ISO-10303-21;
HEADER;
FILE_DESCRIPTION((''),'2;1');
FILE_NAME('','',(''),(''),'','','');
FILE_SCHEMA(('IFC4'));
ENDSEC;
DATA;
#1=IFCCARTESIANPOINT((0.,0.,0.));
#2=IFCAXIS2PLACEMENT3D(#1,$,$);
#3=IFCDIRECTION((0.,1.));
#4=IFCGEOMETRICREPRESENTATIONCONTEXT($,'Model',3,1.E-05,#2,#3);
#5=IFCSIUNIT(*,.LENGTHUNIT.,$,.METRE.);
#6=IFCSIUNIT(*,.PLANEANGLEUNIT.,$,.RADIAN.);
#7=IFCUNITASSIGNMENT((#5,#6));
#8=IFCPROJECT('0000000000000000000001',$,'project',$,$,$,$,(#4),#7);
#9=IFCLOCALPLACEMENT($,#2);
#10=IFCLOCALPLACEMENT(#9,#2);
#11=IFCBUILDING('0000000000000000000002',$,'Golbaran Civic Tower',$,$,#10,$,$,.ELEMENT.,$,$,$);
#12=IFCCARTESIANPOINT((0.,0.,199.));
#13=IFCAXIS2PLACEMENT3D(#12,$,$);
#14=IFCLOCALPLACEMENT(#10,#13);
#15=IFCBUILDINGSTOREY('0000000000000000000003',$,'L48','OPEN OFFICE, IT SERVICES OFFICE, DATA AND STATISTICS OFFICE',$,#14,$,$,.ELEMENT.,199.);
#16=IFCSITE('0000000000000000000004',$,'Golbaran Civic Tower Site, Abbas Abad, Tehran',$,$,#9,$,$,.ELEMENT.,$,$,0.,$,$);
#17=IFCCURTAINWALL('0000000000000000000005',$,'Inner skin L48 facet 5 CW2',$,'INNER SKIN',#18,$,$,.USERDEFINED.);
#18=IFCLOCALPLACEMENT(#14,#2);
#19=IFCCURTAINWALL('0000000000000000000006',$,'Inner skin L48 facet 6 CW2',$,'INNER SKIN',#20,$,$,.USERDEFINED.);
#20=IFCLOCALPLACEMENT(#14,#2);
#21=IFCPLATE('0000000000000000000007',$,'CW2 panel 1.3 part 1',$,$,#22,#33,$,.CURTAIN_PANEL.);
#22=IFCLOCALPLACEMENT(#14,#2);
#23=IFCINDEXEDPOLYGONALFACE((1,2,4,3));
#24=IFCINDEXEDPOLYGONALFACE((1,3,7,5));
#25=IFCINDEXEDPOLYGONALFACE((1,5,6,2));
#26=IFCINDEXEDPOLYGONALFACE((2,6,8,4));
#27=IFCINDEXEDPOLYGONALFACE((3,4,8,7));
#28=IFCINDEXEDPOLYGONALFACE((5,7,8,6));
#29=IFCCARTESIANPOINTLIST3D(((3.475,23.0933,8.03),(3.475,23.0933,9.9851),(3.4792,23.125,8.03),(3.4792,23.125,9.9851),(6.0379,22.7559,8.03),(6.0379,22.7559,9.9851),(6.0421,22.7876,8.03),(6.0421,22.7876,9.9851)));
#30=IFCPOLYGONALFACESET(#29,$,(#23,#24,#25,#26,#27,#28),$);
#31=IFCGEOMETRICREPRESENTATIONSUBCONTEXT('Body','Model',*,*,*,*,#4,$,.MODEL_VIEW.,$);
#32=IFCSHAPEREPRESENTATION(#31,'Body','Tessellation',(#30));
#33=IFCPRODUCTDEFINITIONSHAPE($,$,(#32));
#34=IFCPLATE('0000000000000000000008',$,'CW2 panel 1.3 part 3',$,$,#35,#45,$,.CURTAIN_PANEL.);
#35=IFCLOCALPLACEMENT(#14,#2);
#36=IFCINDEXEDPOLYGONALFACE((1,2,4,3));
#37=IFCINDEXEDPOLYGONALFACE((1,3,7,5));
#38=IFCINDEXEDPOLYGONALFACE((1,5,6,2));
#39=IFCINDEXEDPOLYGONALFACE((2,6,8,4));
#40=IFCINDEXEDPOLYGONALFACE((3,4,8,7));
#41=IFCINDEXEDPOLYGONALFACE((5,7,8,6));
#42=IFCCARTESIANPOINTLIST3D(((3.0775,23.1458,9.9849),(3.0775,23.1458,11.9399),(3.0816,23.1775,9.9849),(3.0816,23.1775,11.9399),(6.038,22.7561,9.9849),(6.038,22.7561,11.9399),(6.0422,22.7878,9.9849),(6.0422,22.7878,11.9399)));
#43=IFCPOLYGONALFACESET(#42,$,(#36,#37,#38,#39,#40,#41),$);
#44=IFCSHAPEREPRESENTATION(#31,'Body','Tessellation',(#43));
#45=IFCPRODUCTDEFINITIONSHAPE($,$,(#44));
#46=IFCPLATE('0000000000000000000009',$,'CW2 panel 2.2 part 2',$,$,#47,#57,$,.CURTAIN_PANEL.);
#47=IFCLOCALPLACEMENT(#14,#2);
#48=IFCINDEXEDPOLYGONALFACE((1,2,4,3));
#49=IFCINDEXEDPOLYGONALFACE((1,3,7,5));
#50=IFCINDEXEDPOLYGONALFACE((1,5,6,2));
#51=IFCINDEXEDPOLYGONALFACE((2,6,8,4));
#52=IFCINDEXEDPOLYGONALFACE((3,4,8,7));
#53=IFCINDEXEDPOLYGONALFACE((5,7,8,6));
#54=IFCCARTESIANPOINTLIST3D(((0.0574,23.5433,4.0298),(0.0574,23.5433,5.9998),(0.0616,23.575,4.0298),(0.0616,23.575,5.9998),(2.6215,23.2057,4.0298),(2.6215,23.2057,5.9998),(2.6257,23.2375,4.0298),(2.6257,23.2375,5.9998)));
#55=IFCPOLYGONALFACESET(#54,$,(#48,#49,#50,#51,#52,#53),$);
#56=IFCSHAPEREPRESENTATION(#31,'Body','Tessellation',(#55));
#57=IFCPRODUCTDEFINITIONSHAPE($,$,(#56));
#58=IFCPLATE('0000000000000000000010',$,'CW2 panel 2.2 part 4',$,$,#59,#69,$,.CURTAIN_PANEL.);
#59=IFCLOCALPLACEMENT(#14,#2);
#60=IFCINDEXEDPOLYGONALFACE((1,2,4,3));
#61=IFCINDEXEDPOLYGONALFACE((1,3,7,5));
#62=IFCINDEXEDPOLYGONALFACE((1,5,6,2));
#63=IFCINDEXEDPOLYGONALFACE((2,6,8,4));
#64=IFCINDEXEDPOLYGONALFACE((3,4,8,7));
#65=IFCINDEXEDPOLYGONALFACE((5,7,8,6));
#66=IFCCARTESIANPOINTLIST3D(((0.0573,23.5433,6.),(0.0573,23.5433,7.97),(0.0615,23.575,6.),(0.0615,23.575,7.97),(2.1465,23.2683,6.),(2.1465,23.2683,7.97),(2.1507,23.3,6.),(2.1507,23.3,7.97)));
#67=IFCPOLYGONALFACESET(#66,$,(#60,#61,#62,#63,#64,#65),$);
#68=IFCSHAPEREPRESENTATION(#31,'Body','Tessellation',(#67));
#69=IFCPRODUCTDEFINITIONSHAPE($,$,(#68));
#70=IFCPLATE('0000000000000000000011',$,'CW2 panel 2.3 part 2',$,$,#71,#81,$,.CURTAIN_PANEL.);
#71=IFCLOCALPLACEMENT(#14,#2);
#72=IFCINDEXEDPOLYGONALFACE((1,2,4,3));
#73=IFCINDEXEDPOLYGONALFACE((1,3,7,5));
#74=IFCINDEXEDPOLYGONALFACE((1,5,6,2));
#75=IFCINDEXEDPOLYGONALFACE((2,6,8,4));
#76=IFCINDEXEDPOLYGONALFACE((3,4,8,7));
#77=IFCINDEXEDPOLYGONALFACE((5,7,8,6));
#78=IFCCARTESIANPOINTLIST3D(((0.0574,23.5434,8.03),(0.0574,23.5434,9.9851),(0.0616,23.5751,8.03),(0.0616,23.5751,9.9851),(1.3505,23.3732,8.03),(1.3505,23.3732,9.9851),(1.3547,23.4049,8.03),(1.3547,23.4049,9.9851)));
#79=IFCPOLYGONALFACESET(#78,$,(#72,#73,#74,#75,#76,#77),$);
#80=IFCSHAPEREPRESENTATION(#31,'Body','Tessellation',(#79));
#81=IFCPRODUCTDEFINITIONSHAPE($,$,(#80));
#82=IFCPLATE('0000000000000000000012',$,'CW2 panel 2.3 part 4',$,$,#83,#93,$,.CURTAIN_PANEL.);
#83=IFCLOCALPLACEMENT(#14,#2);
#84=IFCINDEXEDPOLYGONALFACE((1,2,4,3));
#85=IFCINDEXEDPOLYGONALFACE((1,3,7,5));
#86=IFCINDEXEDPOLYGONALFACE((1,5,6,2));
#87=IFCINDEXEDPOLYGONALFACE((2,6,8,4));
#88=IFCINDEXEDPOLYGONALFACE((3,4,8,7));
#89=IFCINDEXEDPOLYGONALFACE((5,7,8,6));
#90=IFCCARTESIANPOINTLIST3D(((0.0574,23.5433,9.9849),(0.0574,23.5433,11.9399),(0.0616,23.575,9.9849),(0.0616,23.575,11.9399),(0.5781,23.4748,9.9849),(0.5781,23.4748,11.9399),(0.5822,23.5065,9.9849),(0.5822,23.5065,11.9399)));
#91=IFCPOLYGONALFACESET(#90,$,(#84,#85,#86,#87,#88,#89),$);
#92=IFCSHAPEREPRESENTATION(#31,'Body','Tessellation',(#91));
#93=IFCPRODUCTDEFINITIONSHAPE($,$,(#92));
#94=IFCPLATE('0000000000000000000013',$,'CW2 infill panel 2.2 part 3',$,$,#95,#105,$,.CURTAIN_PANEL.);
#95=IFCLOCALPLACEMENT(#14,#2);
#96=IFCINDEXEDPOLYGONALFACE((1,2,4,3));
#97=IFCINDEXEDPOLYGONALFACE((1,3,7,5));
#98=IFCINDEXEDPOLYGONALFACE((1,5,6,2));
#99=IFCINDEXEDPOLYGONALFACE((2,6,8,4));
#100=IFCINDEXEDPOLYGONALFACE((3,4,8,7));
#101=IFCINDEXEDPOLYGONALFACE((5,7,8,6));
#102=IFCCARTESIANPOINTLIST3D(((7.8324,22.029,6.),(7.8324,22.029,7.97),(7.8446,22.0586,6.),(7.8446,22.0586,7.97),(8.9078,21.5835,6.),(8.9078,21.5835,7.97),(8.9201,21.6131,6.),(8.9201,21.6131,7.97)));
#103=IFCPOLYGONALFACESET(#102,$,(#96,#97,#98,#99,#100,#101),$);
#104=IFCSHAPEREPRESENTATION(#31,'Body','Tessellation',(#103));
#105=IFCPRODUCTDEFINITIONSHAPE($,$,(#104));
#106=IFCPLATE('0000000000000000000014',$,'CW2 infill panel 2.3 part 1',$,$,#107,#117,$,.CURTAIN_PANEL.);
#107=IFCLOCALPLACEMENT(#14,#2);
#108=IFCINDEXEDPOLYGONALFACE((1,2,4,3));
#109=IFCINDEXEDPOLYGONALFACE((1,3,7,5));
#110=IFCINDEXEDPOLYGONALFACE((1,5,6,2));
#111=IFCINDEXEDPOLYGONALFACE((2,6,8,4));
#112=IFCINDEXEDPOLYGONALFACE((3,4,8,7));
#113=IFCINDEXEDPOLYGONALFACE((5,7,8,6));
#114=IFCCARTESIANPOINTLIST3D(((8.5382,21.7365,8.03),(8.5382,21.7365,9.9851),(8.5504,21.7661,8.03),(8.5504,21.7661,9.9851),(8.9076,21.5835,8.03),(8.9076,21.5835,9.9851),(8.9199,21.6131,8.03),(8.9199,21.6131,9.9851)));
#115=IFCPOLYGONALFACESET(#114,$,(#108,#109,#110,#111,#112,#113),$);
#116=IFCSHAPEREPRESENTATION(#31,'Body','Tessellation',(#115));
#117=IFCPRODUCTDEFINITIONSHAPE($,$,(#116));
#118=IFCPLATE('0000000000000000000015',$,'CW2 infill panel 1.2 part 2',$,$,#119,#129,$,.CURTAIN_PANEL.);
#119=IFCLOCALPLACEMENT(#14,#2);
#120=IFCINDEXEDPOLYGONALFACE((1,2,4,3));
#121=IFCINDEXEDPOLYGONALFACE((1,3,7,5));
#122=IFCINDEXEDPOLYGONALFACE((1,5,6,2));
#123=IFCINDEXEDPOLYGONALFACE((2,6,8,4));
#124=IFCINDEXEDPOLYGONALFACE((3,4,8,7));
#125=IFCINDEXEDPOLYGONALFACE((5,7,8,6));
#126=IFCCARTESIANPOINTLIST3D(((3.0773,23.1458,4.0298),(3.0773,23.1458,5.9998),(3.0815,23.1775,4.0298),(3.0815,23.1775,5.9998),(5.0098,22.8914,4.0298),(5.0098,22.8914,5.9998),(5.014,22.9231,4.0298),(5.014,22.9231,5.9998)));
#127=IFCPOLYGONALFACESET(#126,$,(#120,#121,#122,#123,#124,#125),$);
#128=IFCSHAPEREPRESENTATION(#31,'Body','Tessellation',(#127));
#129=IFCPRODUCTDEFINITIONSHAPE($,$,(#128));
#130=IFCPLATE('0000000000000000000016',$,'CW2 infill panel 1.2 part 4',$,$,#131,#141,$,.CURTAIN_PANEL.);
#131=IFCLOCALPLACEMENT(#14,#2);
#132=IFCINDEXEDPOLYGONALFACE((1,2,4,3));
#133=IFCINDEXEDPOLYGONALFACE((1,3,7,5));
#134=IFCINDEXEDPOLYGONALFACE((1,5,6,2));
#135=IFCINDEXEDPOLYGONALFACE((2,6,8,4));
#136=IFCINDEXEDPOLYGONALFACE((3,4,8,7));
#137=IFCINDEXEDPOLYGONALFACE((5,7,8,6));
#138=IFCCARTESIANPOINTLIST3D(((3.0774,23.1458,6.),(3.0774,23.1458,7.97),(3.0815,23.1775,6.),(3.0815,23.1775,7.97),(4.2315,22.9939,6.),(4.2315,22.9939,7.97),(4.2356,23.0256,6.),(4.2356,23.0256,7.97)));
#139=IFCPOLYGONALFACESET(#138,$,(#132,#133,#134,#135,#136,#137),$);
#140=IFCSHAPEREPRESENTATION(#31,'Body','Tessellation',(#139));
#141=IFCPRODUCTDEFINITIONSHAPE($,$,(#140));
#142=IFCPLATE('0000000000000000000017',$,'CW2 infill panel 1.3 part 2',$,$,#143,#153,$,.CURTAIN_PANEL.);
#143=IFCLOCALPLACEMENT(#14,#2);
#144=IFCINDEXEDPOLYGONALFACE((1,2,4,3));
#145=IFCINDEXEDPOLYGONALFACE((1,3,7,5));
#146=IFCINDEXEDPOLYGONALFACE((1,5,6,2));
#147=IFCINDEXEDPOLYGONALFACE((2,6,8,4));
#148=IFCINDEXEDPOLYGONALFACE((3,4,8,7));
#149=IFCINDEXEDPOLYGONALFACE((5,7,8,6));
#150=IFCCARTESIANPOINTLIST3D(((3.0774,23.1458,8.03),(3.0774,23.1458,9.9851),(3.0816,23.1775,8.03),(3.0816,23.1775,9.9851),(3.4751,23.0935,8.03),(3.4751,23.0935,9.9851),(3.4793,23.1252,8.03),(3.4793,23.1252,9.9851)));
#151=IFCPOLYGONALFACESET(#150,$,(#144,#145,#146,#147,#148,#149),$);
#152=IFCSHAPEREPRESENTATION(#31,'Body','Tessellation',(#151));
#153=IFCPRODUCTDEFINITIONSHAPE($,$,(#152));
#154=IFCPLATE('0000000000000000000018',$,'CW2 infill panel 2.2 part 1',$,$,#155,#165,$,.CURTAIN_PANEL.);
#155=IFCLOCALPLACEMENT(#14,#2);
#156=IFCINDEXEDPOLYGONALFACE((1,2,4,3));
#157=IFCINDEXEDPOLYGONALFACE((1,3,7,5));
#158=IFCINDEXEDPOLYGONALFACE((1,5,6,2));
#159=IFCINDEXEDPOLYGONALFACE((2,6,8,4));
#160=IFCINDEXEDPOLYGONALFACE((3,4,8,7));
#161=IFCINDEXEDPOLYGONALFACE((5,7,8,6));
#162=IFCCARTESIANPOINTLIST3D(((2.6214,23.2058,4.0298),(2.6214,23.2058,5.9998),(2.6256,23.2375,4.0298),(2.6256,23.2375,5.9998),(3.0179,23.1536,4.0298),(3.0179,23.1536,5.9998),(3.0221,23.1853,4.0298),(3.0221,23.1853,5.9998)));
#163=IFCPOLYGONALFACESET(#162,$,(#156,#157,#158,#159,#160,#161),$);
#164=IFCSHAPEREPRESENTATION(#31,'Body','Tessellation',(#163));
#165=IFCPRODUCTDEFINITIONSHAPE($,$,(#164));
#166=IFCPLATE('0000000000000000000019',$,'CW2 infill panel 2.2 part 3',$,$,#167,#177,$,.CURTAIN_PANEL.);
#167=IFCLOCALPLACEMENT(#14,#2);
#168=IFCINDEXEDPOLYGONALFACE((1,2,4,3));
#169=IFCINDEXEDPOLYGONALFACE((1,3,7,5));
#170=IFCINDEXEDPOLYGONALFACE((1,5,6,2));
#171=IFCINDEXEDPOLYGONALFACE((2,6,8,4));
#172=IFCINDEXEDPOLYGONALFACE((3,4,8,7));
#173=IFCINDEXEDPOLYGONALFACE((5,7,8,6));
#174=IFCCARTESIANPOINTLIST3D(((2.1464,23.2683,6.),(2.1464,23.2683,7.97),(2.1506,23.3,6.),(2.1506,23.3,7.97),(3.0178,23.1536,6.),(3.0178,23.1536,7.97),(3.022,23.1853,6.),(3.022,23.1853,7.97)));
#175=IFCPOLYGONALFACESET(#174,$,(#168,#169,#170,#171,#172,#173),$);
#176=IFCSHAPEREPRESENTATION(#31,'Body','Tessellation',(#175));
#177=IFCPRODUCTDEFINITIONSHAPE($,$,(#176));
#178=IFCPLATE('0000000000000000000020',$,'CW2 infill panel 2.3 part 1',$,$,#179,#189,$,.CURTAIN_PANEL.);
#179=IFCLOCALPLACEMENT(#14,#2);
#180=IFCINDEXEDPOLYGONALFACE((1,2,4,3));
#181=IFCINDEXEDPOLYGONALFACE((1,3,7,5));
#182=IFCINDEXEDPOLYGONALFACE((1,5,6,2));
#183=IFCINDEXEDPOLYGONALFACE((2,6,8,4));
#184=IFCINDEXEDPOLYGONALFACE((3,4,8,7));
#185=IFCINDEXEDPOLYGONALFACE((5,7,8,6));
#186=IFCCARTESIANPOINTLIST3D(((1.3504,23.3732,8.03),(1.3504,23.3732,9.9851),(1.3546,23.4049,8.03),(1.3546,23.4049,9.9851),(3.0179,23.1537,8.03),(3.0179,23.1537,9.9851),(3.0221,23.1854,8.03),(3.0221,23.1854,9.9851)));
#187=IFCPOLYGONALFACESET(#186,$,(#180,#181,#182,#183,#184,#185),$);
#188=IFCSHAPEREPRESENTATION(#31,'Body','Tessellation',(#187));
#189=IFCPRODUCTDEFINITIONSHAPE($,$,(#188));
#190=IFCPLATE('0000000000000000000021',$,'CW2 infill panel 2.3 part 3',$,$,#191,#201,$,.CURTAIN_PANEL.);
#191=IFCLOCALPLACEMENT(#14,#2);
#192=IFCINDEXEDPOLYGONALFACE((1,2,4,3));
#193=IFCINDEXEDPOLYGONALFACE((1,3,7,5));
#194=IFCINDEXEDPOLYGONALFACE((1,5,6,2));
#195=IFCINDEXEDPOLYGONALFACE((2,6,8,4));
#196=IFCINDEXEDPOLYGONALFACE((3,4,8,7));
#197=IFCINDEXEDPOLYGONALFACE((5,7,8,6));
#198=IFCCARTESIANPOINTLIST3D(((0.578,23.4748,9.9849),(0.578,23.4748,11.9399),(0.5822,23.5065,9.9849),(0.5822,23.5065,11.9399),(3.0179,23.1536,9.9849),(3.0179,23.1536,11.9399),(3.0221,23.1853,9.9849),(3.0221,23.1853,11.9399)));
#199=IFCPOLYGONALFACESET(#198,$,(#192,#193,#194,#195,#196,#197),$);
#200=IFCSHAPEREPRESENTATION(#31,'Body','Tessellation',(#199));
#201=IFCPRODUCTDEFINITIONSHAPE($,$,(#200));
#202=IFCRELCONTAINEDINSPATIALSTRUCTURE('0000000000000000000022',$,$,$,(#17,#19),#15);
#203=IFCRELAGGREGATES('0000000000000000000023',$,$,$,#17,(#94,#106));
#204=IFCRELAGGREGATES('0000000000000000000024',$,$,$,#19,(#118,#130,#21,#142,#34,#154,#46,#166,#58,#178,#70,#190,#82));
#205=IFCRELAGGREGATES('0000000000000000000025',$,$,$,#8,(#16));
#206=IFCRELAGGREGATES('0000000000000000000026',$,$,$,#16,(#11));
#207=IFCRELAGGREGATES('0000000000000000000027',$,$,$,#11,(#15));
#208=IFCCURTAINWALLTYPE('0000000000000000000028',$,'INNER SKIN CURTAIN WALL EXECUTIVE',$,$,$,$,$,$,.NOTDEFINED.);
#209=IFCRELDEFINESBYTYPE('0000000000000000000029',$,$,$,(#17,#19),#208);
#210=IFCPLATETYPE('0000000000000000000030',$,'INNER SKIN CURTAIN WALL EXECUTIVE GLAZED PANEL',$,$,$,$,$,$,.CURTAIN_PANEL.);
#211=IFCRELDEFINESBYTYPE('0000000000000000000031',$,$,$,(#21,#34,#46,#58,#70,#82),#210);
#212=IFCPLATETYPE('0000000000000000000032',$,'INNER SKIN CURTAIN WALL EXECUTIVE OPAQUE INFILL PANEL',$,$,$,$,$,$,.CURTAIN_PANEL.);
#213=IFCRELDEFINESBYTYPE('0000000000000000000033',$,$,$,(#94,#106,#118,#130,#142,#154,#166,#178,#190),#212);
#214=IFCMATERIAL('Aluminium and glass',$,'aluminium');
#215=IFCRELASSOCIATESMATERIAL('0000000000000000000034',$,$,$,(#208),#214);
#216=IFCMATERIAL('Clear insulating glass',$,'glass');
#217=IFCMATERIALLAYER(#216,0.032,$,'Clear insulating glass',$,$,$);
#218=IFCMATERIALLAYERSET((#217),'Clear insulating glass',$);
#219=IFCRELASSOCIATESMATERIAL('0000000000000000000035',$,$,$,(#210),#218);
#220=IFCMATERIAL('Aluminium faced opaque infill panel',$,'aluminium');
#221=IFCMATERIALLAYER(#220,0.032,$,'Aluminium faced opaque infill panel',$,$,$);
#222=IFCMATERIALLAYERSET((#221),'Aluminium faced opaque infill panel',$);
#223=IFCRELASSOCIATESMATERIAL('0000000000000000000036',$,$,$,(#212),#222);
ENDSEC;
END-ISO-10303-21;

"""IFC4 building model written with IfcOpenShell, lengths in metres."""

from ifc_helpers import new_model, si_unit, direction, frame, origin, origin_2d, place, context, subcontext, project, spatial, rectangle, extrude, material, layer, layer_set, type_object, element, aggregate, save


model = new_model("IFC4")

# Units and contexts
model_context = context("Model", 3, precision=1e-05, world=origin(), true_north=direction((0.0, 1.0)))
body_context = subcontext(model_context, "Body", "Model", "MODEL_VIEW")
ifc_project = project(units=[si_unit("LENGTHUNIT", "METRE"), si_unit("PLANEANGLEUNIT", "RADIAN")], contexts=[model_context])

# Site, building, storey
site_placement = place(None, origin())
site = spatial("IfcSite", under=ifc_project, at=site_placement, Name="Golbaran Civic Tower Site, Abbas Abad, Tehran", CompositionType="ELEMENT", RefElevation=0.0)
building_placement = place(site_placement, origin())
building = spatial("IfcBuilding", under=site, at=building_placement, Name="Golbaran Civic Tower", CompositionType="ELEMENT")
storey_placement = place(building_placement, frame((0.0, 0.0, 199.0)))
storey = spatial("IfcBuildingStorey", under=building, at=storey_placement, Name="L48", Description="OPEN OFFICE, IT SERVICES OFFICE, DATA AND STATISTICS OFFICE", CompositionType="ELEMENT", Elevation=199.0)

# Curtain walls
ifc_material_1 = material(Name="Aluminium and glass", Category="aluminium")
curtain_wall_type_1 = type_object("IfcCurtainWallType", Name="INNER SKIN CURTAIN WALL EXECUTIVE", PredefinedType="NOTDEFINED", material=ifc_material_1)
curtain_wall_1_placement = place(storey_placement, origin())
curtain_wall_1 = element("IfcCurtainWall", 1, at=curtain_wall_1_placement, inside=storey, type_object=curtain_wall_type_1, Name="Inner skin L48 facet 5 CW2", ObjectType="INNER SKIN", PredefinedType="USERDEFINED")
curtain_wall_2_placement = place(storey_placement, origin())
curtain_wall_2 = element("IfcCurtainWall", 2, at=curtain_wall_2_placement, inside=storey, type_object=curtain_wall_type_1, Name="Inner skin L48 facet 6 CW2", ObjectType="INNER SKIN", PredefinedType="USERDEFINED")

# Plates
ifc_material_2 = material(Name="Clear insulating glass", Category="glass")
ifc_layer_1 = layer(ifc_material_2, 0.032, Name="Clear insulating glass")
ifc_layer_set_1 = layer_set([ifc_layer_1], Name="Clear insulating glass")
plate_type_1 = type_object("IfcPlateType", Name="INNER SKIN CURTAIN WALL EXECUTIVE GLAZED PANEL", PredefinedType="CURTAIN_PANEL", material=ifc_layer_set_1)
plate_1_placement = place(storey_placement, frame((4.7585, 22.9404, 8.03), z_axis=(0.0, 0.0, 1.0), x_axis=(-0.991445, 0.130526, 0.0)))
plate_1 = element("IfcPlate", 3, at=plate_1_placement, type_object=plate_type_1, Name="CW2 panel 1.3 part 1", PredefinedType="CURTAIN_PANEL", context=body_context, shape_type="SweptSolid", body=[
    extrude(rectangle(XDim=2.585, YDim=0.032, at=origin_2d()), origin(), (0.0, 0.0, 1.0), 1.9551),
])
plate_2_placement = place(storey_placement, frame((4.5598, 22.9668, 9.9849), z_axis=(0.0, 0.0, 1.0), x_axis=(-0.991445, 0.130526, 0.0)))
plate_2 = element("IfcPlate", 4, at=plate_2_placement, type_object=plate_type_1, Name="CW2 panel 1.3 part 3", PredefinedType="CURTAIN_PANEL", context=body_context, shape_type="SweptSolid", body=[
    extrude(rectangle(XDim=2.9861, YDim=0.032, at=origin_2d()), origin(), (0.0, 0.0, 1.0), 1.9551),
])
plate_3_placement = place(storey_placement, frame((1.3416, 23.3904, 4.0298), z_axis=(0.0, 0.0, 1.0), x_axis=(-0.991445, 0.130526, 0.0)))
plate_3 = element("IfcPlate", 5, at=plate_3_placement, type_object=plate_type_1, Name="CW2 panel 2.2 part 2", PredefinedType="CURTAIN_PANEL", context=body_context, shape_type="SweptSolid", body=[
    extrude(rectangle(XDim=2.5862, YDim=0.032, at=origin_2d()), origin(), (0.0, 0.0, 1.0), 1.97),
])
plate_4_placement = place(storey_placement, frame((1.104, 23.4216, 6.0), z_axis=(0.0, 0.0, 1.0), x_axis=(-0.991445, 0.130526, 0.0)))
plate_4 = element("IfcPlate", 6, at=plate_4_placement, type_object=plate_type_1, Name="CW2 panel 2.2 part 4", PredefinedType="CURTAIN_PANEL", context=body_context, shape_type="SweptSolid", body=[
    extrude(rectangle(XDim=2.1072, YDim=0.032, at=origin_2d()), origin(), (0.0, 0.0, 1.0), 1.97),
])
plate_5_placement = place(storey_placement, frame((0.7061, 23.4741, 8.03), z_axis=(0.0, 0.0, 1.0), x_axis=(-0.991445, 0.130526, 0.0)))
plate_5 = element("IfcPlate", 7, at=plate_5_placement, type_object=plate_type_1, Name="CW2 panel 2.3 part 2", PredefinedType="CURTAIN_PANEL", context=body_context, shape_type="SweptSolid", body=[
    extrude(rectangle(XDim=1.3042, YDim=0.032, at=origin_2d()), origin(), (0.0, 0.0, 1.0), 1.9551),
])
plate_6_placement = place(storey_placement, frame((0.3198, 23.5249, 9.9849), z_axis=(0.0, 0.0, 1.0), x_axis=(-0.991445, 0.130526, 0.0)))
plate_6 = element("IfcPlate", 8, at=plate_6_placement, type_object=plate_type_1, Name="CW2 panel 2.3 part 4", PredefinedType="CURTAIN_PANEL", context=body_context, shape_type="SweptSolid", body=[
    extrude(rectangle(XDim=0.5251, YDim=0.032, at=origin_2d()), origin(), (0.0, 0.0, 1.0), 1.9551),
])
ifc_material_3 = material(Name="Aluminium faced opaque infill panel", Category="aluminium")
ifc_layer_2 = layer(ifc_material_3, 0.032, Name="Aluminium faced opaque infill panel")
ifc_layer_set_2 = layer_set([ifc_layer_2], Name="Aluminium faced opaque infill panel")
plate_type_2 = type_object("IfcPlateType", Name="INNER SKIN CURTAIN WALL EXECUTIVE OPAQUE INFILL PANEL", PredefinedType="CURTAIN_PANEL", material=ifc_layer_set_2)
plate_7_placement = place(storey_placement, frame((8.3762, 21.821, 6.0), z_axis=(0.0, 0.0, 1.0), x_axis=(-0.92388, 0.382683, 0.0)))
plate_7 = element("IfcPlate", 9, at=plate_7_placement, type_object=plate_type_2, Name="CW2 infill panel 2.2 part 3", PredefinedType="CURTAIN_PANEL", context=body_context, shape_type="SweptSolid", body=[
    extrude(rectangle(XDim=1.1641, YDim=0.032, at=origin_2d()), origin(), (0.0, 0.0, 1.0), 1.97),
])
plate_8_placement = place(storey_placement, frame((8.729, 21.6748, 8.03), z_axis=(0.0, 0.0, 1.0), x_axis=(-0.92388, 0.382683, 0.0)))
plate_8 = element("IfcPlate", 10, at=plate_8_placement, type_object=plate_type_2, Name="CW2 infill panel 2.3 part 1", PredefinedType="CURTAIN_PANEL", context=body_context, shape_type="SweptSolid", body=[
    extrude(rectangle(XDim=0.3999, YDim=0.032, at=origin_2d()), origin(), (0.0, 0.0, 1.0), 1.9551),
])
aggregate(curtain_wall_1, [plate_7, plate_8])
plate_9_placement = place(storey_placement, frame((4.0457, 23.0344, 4.0298), z_axis=(0.0, 0.0, 1.0), x_axis=(-0.991445, 0.130526, 0.0)))
plate_9 = element("IfcPlate", 11, at=plate_9_placement, type_object=plate_type_2, Name="CW2 infill panel 1.2 part 2", PredefinedType="CURTAIN_PANEL", context=body_context, shape_type="SweptSolid", body=[
    extrude(rectangle(XDim=1.9492, YDim=0.032, at=origin_2d()), origin(), (0.0, 0.0, 1.0), 1.97),
])
plate_10_placement = place(storey_placement, frame((3.6565, 23.0857, 6.0), z_axis=(0.0, 0.0, 1.0), x_axis=(-0.991445, 0.130526, 0.0)))
plate_10 = element("IfcPlate", 12, at=plate_10_placement, type_object=plate_type_2, Name="CW2 infill panel 1.2 part 4", PredefinedType="CURTAIN_PANEL", context=body_context, shape_type="SweptSolid", body=[
    extrude(rectangle(XDim=1.1641, YDim=0.032, at=origin_2d()), origin(), (0.0, 0.0, 1.0), 1.97),
])
plate_11_placement = place(storey_placement, frame((3.2783, 23.1355, 8.03), z_axis=(0.0, 0.0, 1.0), x_axis=(-0.991445, 0.130526, 0.0)))
plate_11 = element("IfcPlate", 13, at=plate_11_placement, type_object=plate_type_2, Name="CW2 infill panel 1.3 part 2", PredefinedType="CURTAIN_PANEL", context=body_context, shape_type="SweptSolid", body=[
    extrude(rectangle(XDim=0.4011, YDim=0.032, at=origin_2d()), origin(), (0.0, 0.0, 1.0), 1.9551),
])
plate_12_placement = place(storey_placement, frame((2.8218, 23.1956, 4.0298), z_axis=(0.0, 0.0, 1.0), x_axis=(-0.991445, 0.130526, 0.0)))
plate_12 = element("IfcPlate", 14, at=plate_12_placement, type_object=plate_type_2, Name="CW2 infill panel 2.2 part 1", PredefinedType="CURTAIN_PANEL", context=body_context, shape_type="SweptSolid", body=[
    extrude(rectangle(XDim=0.3999, YDim=0.032, at=origin_2d()), origin(), (0.0, 0.0, 1.0), 1.97),
])
plate_13_placement = place(storey_placement, frame((2.5842, 23.2268, 6.0), z_axis=(0.0, 0.0, 1.0), x_axis=(-0.991445, 0.130526, 0.0)))
plate_13 = element("IfcPlate", 15, at=plate_13_placement, type_object=plate_type_2, Name="CW2 infill panel 2.2 part 3", PredefinedType="CURTAIN_PANEL", context=body_context, shape_type="SweptSolid", body=[
    extrude(rectangle(XDim=0.8789, YDim=0.032, at=origin_2d()), origin(), (0.0, 0.0, 1.0), 1.97),
])
plate_14_placement = place(storey_placement, frame((2.1863, 23.2793, 8.03), z_axis=(0.0, 0.0, 1.0), x_axis=(-0.991445, 0.130526, 0.0)))
plate_14 = element("IfcPlate", 16, at=plate_14_placement, type_object=plate_type_2, Name="CW2 infill panel 2.3 part 1", PredefinedType="CURTAIN_PANEL", context=body_context, shape_type="SweptSolid", body=[
    extrude(rectangle(XDim=1.6819, YDim=0.032, at=origin_2d()), origin(), (0.0, 0.0, 1.0), 1.9551),
])
plate_15_placement = place(storey_placement, frame((1.8, 23.3301, 9.9849), z_axis=(0.0, 0.0, 1.0), x_axis=(-0.991445, 0.130526, 0.0)))
plate_15 = element("IfcPlate", 17, at=plate_15_placement, type_object=plate_type_2, Name="CW2 infill panel 2.3 part 3", PredefinedType="CURTAIN_PANEL", context=body_context, shape_type="SweptSolid", body=[
    extrude(rectangle(XDim=2.4609, YDim=0.032, at=origin_2d()), origin(), (0.0, 0.0, 1.0), 1.9551),
])
aggregate(curtain_wall_2, [plate_9, plate_10, plate_1, plate_11, plate_2, plate_12, plate_3, plate_13, plate_4, plate_14, plate_5, plate_15, plate_6])

save(model, "model.ifc")
